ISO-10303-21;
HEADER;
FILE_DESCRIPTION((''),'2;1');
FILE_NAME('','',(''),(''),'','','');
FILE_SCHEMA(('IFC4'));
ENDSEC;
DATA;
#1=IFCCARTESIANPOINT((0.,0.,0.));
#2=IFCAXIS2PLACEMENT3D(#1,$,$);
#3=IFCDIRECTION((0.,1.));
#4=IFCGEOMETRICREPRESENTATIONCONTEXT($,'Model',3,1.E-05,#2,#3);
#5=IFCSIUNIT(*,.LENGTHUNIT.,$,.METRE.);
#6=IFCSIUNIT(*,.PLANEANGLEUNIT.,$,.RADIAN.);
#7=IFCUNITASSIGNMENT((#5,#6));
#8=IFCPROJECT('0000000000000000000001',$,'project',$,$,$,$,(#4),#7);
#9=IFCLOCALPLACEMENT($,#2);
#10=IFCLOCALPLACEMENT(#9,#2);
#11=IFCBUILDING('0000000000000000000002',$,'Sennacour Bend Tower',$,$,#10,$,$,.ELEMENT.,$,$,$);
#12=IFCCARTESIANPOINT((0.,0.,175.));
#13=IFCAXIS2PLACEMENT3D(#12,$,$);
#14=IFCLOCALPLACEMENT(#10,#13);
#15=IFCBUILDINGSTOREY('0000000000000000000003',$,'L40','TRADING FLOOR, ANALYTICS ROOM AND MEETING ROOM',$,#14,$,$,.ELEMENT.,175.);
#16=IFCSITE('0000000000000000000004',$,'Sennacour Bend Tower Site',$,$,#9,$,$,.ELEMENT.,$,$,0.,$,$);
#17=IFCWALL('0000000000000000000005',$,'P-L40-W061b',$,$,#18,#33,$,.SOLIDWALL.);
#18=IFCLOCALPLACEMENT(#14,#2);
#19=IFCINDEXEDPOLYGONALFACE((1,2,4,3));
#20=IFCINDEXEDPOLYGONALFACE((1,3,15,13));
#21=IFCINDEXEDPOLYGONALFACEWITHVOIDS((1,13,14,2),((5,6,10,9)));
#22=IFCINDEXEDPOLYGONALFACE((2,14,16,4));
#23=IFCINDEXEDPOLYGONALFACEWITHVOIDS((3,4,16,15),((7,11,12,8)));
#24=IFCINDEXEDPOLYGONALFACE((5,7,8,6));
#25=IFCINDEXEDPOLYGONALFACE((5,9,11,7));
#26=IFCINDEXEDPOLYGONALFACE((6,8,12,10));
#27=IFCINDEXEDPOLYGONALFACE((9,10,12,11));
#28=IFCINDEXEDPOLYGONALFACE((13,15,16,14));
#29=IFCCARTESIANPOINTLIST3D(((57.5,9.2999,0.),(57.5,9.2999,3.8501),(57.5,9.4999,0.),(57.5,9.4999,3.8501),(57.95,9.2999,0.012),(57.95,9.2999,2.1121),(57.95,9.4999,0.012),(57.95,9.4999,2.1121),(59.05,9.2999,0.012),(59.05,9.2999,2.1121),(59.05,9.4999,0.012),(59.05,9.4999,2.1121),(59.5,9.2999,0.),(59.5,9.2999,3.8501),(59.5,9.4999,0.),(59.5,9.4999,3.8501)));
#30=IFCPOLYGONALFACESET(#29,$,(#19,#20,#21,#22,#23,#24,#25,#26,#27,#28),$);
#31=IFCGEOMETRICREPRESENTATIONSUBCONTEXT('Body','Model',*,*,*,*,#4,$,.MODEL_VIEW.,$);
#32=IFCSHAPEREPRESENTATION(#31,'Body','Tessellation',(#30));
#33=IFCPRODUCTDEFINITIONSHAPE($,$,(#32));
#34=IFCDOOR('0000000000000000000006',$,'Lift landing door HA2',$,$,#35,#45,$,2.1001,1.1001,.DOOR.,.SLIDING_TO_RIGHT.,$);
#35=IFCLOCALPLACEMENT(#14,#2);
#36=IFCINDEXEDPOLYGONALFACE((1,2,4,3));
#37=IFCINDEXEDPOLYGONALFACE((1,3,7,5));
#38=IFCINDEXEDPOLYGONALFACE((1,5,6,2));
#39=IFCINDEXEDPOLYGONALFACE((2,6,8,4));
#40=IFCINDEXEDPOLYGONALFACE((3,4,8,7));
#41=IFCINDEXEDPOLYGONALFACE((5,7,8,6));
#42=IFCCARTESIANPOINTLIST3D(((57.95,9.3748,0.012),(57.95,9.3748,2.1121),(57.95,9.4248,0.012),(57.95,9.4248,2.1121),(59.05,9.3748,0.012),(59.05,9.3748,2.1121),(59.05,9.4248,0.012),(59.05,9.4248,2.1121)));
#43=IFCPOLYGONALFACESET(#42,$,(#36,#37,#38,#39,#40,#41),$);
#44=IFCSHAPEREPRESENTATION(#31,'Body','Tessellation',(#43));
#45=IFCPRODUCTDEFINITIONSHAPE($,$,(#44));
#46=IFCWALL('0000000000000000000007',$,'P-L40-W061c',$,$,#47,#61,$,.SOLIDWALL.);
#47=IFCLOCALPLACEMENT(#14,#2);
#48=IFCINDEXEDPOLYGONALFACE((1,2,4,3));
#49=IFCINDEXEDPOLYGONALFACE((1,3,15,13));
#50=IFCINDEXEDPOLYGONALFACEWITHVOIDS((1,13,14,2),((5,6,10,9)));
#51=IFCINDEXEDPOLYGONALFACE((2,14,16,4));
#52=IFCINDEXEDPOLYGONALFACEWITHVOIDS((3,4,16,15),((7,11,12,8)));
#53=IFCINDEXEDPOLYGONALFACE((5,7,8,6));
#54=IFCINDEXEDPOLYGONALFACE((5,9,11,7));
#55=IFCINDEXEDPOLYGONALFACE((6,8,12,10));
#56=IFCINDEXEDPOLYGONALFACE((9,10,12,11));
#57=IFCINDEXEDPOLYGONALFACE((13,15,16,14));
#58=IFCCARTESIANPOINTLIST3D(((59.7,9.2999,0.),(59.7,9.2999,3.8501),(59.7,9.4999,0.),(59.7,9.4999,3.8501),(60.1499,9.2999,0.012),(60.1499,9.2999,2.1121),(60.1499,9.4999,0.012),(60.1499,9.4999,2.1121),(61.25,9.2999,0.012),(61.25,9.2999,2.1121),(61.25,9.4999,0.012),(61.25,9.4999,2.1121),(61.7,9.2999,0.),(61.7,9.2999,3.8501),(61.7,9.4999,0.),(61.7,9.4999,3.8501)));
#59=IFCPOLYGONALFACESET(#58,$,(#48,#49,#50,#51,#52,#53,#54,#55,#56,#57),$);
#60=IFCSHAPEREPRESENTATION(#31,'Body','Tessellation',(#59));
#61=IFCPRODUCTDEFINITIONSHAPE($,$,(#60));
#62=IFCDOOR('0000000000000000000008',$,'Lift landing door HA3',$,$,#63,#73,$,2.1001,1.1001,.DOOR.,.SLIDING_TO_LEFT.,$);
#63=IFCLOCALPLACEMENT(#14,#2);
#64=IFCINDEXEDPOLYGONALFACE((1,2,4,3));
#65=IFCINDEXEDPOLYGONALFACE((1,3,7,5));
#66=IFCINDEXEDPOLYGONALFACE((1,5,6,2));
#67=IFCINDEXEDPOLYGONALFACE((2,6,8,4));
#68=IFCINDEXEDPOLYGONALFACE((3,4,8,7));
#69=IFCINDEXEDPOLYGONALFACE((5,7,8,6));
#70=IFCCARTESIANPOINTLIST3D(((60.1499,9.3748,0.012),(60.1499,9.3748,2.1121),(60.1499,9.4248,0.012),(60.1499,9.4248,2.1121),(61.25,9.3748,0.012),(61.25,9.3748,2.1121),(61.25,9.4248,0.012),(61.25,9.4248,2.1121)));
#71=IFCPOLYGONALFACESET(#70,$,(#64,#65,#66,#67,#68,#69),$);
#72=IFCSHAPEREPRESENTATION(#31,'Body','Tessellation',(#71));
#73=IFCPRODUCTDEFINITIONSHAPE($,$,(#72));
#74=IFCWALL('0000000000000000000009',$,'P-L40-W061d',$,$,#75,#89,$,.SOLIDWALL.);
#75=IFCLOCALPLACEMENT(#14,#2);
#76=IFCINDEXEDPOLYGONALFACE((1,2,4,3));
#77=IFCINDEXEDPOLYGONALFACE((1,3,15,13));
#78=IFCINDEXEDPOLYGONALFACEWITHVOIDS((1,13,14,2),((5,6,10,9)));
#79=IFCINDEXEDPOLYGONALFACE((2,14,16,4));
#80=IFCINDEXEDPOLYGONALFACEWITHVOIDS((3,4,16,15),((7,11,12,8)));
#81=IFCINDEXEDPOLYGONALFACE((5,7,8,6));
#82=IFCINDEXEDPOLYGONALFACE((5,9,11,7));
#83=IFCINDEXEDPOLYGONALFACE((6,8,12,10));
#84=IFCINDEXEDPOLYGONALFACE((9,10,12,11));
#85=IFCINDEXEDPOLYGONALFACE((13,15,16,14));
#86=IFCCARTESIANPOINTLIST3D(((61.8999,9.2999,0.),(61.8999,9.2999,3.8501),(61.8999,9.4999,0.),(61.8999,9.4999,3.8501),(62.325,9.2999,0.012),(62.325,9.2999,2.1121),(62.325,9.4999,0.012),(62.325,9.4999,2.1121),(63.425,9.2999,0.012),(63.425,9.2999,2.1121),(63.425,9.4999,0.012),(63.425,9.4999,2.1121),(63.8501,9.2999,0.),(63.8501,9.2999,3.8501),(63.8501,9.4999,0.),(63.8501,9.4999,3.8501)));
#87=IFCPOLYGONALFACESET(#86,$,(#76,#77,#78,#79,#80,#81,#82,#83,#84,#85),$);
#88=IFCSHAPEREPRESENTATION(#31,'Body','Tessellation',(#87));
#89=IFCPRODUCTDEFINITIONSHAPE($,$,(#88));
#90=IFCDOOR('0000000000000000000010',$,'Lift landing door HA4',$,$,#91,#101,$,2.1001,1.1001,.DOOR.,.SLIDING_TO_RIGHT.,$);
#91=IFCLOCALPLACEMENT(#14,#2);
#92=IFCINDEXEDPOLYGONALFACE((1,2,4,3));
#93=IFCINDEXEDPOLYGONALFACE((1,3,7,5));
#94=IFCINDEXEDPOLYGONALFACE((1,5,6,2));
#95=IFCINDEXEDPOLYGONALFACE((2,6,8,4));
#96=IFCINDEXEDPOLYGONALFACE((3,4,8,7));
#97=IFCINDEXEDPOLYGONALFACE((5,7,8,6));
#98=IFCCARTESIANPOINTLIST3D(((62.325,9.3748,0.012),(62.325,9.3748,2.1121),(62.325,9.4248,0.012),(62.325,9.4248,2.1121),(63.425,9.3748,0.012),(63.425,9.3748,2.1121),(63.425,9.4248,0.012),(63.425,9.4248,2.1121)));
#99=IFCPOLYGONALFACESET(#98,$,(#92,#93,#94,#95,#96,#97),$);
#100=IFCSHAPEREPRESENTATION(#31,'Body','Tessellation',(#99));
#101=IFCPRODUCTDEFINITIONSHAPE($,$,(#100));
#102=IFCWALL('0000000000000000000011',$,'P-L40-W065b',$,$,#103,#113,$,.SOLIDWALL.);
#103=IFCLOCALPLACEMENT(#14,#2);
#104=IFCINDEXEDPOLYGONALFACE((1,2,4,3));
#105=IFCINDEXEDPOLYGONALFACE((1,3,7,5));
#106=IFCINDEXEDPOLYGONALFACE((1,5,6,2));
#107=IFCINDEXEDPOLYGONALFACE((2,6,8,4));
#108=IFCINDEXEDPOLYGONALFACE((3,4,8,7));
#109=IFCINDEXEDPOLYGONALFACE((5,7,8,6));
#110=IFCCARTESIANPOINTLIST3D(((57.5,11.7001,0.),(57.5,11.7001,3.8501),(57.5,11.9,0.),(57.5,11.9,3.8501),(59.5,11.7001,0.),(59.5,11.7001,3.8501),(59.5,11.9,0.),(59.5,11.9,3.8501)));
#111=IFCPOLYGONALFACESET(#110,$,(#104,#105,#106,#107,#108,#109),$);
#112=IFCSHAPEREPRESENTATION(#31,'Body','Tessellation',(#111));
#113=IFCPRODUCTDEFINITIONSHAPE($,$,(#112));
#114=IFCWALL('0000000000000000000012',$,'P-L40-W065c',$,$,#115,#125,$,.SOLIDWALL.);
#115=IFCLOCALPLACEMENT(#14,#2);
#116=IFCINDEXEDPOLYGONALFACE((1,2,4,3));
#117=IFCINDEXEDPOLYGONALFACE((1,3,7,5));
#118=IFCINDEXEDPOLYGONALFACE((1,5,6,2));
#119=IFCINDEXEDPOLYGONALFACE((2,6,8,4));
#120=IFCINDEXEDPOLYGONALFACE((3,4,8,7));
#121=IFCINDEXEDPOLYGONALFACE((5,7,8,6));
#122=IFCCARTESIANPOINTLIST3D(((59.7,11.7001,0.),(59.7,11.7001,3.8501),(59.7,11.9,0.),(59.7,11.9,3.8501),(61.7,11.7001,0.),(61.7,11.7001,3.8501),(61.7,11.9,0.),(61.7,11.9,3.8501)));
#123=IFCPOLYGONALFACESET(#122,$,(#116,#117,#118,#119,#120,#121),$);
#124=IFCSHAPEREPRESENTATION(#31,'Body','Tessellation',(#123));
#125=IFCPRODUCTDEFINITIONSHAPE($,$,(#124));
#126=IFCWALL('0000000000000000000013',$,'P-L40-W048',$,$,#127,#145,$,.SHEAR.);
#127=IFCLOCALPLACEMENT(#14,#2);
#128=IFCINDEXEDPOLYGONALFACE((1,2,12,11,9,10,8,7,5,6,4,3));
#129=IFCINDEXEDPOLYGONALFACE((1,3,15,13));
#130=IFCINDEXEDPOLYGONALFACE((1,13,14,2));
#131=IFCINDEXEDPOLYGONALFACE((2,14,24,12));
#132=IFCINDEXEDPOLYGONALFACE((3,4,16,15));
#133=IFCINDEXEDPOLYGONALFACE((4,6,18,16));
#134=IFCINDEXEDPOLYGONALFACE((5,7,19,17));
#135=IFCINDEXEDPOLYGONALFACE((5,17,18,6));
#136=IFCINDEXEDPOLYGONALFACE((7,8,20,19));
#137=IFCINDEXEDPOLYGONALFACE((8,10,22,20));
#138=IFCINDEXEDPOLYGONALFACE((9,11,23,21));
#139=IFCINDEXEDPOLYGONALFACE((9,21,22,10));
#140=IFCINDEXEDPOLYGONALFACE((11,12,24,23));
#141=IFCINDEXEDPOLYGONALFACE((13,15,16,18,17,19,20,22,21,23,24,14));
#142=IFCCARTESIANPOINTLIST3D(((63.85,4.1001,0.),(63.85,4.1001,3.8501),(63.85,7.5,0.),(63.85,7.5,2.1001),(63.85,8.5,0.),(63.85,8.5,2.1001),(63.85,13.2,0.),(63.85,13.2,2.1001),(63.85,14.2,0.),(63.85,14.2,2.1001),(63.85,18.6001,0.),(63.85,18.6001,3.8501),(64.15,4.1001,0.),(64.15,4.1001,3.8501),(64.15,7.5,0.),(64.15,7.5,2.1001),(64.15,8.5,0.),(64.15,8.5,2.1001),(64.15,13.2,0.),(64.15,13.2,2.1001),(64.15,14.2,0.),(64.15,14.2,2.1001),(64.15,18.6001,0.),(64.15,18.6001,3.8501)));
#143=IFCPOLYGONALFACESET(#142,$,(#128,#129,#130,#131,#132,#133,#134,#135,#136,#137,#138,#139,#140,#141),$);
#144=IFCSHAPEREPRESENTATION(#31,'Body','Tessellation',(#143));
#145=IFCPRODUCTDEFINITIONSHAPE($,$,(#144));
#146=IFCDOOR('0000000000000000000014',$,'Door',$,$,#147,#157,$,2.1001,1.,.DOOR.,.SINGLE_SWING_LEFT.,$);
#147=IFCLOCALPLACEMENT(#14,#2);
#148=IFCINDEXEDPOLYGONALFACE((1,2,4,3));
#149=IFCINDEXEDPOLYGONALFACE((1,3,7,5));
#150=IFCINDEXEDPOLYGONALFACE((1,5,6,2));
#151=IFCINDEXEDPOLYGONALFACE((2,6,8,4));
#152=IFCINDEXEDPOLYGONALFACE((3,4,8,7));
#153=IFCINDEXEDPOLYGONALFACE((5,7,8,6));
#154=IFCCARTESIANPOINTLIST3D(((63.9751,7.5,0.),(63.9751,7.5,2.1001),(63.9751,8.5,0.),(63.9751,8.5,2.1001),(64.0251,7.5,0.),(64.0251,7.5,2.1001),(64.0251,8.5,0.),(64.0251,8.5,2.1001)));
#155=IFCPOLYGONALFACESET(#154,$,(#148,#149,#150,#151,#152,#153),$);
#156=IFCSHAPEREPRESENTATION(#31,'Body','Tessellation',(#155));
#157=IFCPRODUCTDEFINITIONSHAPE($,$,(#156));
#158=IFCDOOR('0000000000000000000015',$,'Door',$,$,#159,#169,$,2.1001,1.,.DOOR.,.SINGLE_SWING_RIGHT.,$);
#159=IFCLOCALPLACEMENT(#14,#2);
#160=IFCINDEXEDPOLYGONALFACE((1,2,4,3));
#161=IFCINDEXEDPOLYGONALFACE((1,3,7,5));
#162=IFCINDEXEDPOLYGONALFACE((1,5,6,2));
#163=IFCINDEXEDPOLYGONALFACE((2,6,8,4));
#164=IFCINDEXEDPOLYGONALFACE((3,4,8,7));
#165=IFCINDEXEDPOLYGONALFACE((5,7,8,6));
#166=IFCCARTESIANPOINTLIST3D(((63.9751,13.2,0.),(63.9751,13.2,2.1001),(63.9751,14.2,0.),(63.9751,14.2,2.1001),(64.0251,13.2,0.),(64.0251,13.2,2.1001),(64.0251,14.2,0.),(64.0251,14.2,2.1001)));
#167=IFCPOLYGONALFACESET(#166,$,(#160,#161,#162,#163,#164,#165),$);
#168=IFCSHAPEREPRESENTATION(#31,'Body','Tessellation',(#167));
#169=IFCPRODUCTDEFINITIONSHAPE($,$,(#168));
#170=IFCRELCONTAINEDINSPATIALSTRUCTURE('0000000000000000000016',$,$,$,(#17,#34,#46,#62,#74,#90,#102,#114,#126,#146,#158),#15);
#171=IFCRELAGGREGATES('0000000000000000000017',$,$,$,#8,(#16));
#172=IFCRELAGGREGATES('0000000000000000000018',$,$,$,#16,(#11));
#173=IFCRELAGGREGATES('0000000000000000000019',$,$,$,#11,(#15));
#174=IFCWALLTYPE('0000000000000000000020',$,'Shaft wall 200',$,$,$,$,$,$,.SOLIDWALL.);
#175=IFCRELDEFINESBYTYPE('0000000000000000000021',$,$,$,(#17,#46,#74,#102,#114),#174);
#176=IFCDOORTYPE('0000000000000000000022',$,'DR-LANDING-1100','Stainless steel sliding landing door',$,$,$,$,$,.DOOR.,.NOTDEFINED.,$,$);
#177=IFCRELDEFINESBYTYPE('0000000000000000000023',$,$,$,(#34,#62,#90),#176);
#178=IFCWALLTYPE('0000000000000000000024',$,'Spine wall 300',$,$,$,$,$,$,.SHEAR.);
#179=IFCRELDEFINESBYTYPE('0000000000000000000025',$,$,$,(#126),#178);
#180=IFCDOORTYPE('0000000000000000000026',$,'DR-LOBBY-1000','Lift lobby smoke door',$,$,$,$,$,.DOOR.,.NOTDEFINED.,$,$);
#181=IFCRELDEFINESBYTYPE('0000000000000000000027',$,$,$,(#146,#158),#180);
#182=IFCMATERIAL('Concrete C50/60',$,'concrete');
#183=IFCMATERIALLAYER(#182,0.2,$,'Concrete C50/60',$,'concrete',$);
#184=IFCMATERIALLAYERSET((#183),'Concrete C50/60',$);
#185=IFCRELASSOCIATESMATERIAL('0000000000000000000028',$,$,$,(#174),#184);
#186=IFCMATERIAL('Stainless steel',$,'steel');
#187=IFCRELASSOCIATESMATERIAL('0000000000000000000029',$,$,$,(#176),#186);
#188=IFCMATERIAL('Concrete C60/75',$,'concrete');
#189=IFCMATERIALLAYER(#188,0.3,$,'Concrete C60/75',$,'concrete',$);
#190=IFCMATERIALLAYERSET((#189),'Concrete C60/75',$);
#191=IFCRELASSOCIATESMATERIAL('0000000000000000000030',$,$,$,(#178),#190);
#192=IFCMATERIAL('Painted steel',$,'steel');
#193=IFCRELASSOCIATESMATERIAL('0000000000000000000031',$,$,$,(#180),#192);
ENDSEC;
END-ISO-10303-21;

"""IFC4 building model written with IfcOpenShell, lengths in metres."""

from ifc_helpers import new_model, si_unit, direction, frame, frame_2d, origin, place, context, subcontext, project, spatial, rectangle, extrude, material, layer, layer_set, type_object, element, fill, save


model = new_model("IFC4")

# Units and contexts
model_context = context("Model", 3, precision=1e-05, world=origin(), true_north=direction((0.0, 1.0)))
body_context = subcontext(model_context, "Body", "Model", "MODEL_VIEW")
ifc_project = project(units=[si_unit("LENGTHUNIT", "METRE"), si_unit("PLANEANGLEUNIT", "RADIAN")], contexts=[model_context])

# Site, building, storey
site_placement = place(None, origin())
site = spatial("IfcSite", under=ifc_project, at=site_placement, Name="Sennacour Bend Tower Site", CompositionType="ELEMENT", RefElevation=0.0)
building_placement = place(site_placement, origin())
building = spatial("IfcBuilding", under=site, at=building_placement, Name="Sennacour Bend Tower", CompositionType="ELEMENT")
storey_placement = place(building_placement, frame((0.0, 0.0, 175.0)))
storey = spatial("IfcBuildingStorey", under=building, at=storey_placement, Name="L40", Description="TRADING FLOOR, ANALYTICS ROOM AND MEETING ROOM", CompositionType="ELEMENT", Elevation=175.0)

# Shared definitions
ifc_material_1 = material(Name="Concrete C60/75", Category="concrete")

# Shared definitions
ifc_material_2 = material(Name="Painted steel", Category="steel")

# Shared definitions
ifc_material_3 = material(Name="Concrete C50/60", Category="concrete")
ifc_layer_1 = layer(ifc_material_3, 0.2, Name="Concrete C50/60", Category="concrete")
ifc_layer_set_1 = layer_set([ifc_layer_1], Name="Concrete C50/60")
wall_type_1 = type_object("IfcWallType", Name="Shaft wall 200", PredefinedType="SOLIDWALL", material=ifc_layer_set_1)

# Walls, openings, doors
wall_1_placement = place(storey_placement, frame((57.5, 9.3999, 0.0), z_axis=(0.0, 0.0, 1.0), x_axis=(1.0, 0.0, 0.0)))
wall_1 = element("IfcWall", 1, at=wall_1_placement, inside=storey, type_object=wall_type_1, Name="P-L40-W061b", PredefinedType="SOLIDWALL", context=body_context, shape_type="SweptSolid", body=[
    extrude(rectangle(XDim=2.0, YDim=0.2, at=frame_2d((1.0, 0.0))), origin(), (0.0, 0.0, 1.0), 3.8501),
])
opening_1_placement = place(wall_1_placement, frame((0.45, 0.0, 0.012)))
opening_1 = element("IfcOpeningElement", 2, at=opening_1_placement, cuts=wall_1, PredefinedType="OPENING", context=body_context, shape_type="SweptSolid", body=[
    extrude(rectangle(XDim=1.1001, YDim=2.1001, at=frame_2d((0.55, 1.05))), frame((0.0, 0.1099, 0.0), z_axis=(0.0, -1.0, 0.0), x_axis=(1.0, 0.0, 0.0)), (0.0, 0.0, 1.0), 0.22),
])
ifc_material_4 = material(Name="Stainless steel", Category="steel")
door_type_1 = type_object("IfcDoorType", Name="DR-LANDING-1100", Description="Stainless steel sliding landing door", OperationType="NOTDEFINED", PredefinedType="DOOR", material=ifc_material_4)
door_1_placement = place(opening_1_placement, origin())
door_1 = element("IfcDoor", 3, at=door_1_placement, inside=storey, type_object=door_type_1, Name="Lift landing door HA2", OperationType="SLIDING_TO_RIGHT", OverallHeight=2.1001, OverallWidth=1.1001, PredefinedType="DOOR", context=body_context, shape_type="SweptSolid", body=[
    extrude(rectangle(XDim=1.1001, YDim=2.1001, at=frame_2d((0.55, 1.05))), frame((0.0, 0.0249, 0.0), z_axis=(0.0, -1.0, 0.0), x_axis=(1.0, 0.0, 0.0)), (0.0, 0.0, 1.0), 0.05),
])
fill(opening_1, door_1)
wall_2_placement = place(storey_placement, frame((59.7, 9.3999, 0.0), z_axis=(0.0, 0.0, 1.0), x_axis=(1.0, 0.0, 0.0)))
wall_2 = element("IfcWall", 4, at=wall_2_placement, inside=storey, type_object=wall_type_1, Name="P-L40-W061c", PredefinedType="SOLIDWALL", context=body_context, shape_type="SweptSolid", body=[
    extrude(rectangle(XDim=2.0, YDim=0.2, at=frame_2d((1.0, 0.0))), origin(), (0.0, 0.0, 1.0), 3.8501),
])
opening_2_placement = place(wall_2_placement, frame((0.45, 0.0, 0.012)))
opening_2 = element("IfcOpeningElement", 5, at=opening_2_placement, cuts=wall_2, PredefinedType="OPENING", context=body_context, shape_type="SweptSolid", body=[
    extrude(rectangle(XDim=1.1001, YDim=2.1001, at=frame_2d((0.55, 1.05))), frame((0.0, 0.1099, 0.0), z_axis=(0.0, -1.0, 0.0), x_axis=(1.0, 0.0, 0.0)), (0.0, 0.0, 1.0), 0.22),
])
door_2_placement = place(opening_2_placement, origin())
door_2 = element("IfcDoor", 6, at=door_2_placement, inside=storey, type_object=door_type_1, Name="Lift landing door HA3", OperationType="SLIDING_TO_LEFT", OverallHeight=2.1001, OverallWidth=1.1001, PredefinedType="DOOR", context=body_context, shape_type="SweptSolid", body=[
    extrude(rectangle(XDim=1.1001, YDim=2.1001, at=frame_2d((0.55, 1.05))), frame((0.0, 0.0249, 0.0), z_axis=(0.0, -1.0, 0.0), x_axis=(1.0, 0.0, 0.0)), (0.0, 0.0, 1.0), 0.05),
])
fill(opening_2, door_2)
wall_3_placement = place(storey_placement, frame((61.8999, 9.3999, 0.0), z_axis=(0.0, 0.0, 1.0), x_axis=(1.0, 0.0, 0.0)))
wall_3 = element("IfcWall", 7, at=wall_3_placement, inside=storey, type_object=wall_type_1, Name="P-L40-W061d", PredefinedType="SOLIDWALL", context=body_context, shape_type="SweptSolid", body=[
    extrude(rectangle(XDim=1.9502, YDim=0.2, at=frame_2d((0.9751, 0.0))), origin(), (0.0, 0.0, 1.0), 3.8501),
])
opening_3_placement = place(wall_3_placement, frame((0.425, 0.0, 0.012)))
opening_3 = element("IfcOpeningElement", 8, at=opening_3_placement, cuts=wall_3, PredefinedType="OPENING", context=body_context, shape_type="SweptSolid", body=[
    extrude(rectangle(XDim=1.1001, YDim=2.1001, at=frame_2d((0.55, 1.05))), frame((0.0, 0.1099, 0.0), z_axis=(0.0, -1.0, 0.0), x_axis=(1.0, 0.0, 0.0)), (0.0, 0.0, 1.0), 0.22),
])
door_3_placement = place(opening_3_placement, origin())
door_3 = element("IfcDoor", 9, at=door_3_placement, inside=storey, type_object=door_type_1, Name="Lift landing door HA4", OperationType="SLIDING_TO_RIGHT", OverallHeight=2.1001, OverallWidth=1.1001, PredefinedType="DOOR", context=body_context, shape_type="SweptSolid", body=[
    extrude(rectangle(XDim=1.1001, YDim=2.1001, at=frame_2d((0.55, 1.05))), frame((0.0, 0.0249, 0.0), z_axis=(0.0, -1.0, 0.0), x_axis=(1.0, 0.0, 0.0)), (0.0, 0.0, 1.0), 0.05),
])
fill(opening_3, door_3)

# Walls
for number, where, z_axis, x_axis, name in (
    (10, (57.5, 11.8, 0.0), (0.0, 0.0, 1.0), (1.0, 0.0, 0.0), "P-L40-W065b"),
    (11, (59.7, 11.8, 0.0), (0.0, 0.0, 1.0), (1.0, 0.0, 0.0), "P-L40-W065c"),
):
    element("IfcWall", number, at=place(storey_placement, frame(where, z_axis=z_axis, x_axis=x_axis)), inside=storey, type_object=wall_type_1, Name=name, PredefinedType="SOLIDWALL", context=body_context, shape_type="SweptSolid", body=[
        extrude(rectangle(XDim=2.0, YDim=0.2, at=frame_2d((1.0, 0.0))), origin(), (0.0, 0.0, 1.0), 3.8501),
    ])

# Wall, openings, doors
ifc_layer_2 = layer(ifc_material_1, 0.3, Name="Concrete C60/75", Category="concrete")
ifc_layer_set_2 = layer_set([ifc_layer_2], Name="Concrete C60/75")
wall_type_2 = type_object("IfcWallType", Name="Spine wall 300", PredefinedType="SHEAR", material=ifc_layer_set_2)
wall_4_placement = place(storey_placement, frame((64.0, 4.1001, 0.0), z_axis=(0.0, 0.0, 1.0), x_axis=(0.0, 1.0, 0.0)))
wall_4 = element("IfcWall", 12, at=wall_4_placement, inside=storey, type_object=wall_type_2, Name="P-L40-W048", PredefinedType="SHEAR", context=body_context, shape_type="SweptSolid", body=[
    extrude(rectangle(XDim=14.5, YDim=0.3, at=frame_2d((7.25, 0.0))), origin(), (0.0, 0.0, 1.0), 3.8501),
])
opening_4_placement = place(wall_4_placement, frame((3.3999, 0.0, 0.0)))
opening_4 = element("IfcOpeningElement", 13, at=opening_4_placement, cuts=wall_4, PredefinedType="OPENING", context=body_context, shape_type="SweptSolid", body=[
    extrude(rectangle(XDim=1.0, YDim=2.1001, at=frame_2d((0.5, 1.05))), frame((0.0, 0.1602, 0.0), z_axis=(0.0, -1.0, 0.0), x_axis=(1.0, 0.0, 0.0)), (0.0, 0.0, 1.0), 0.3201),
])
opening_5_placement = place(wall_4_placement, frame((9.0999, 0.0, 0.0)))
opening_5 = element("IfcOpeningElement", 14, at=opening_5_placement, cuts=wall_4, PredefinedType="OPENING", context=body_context, shape_type="SweptSolid", body=[
    extrude(rectangle(XDim=1.0, YDim=2.1001, at=frame_2d((0.5, 1.05))), frame((0.0, 0.1602, 0.0), z_axis=(0.0, -1.0, 0.0), x_axis=(1.0, 0.0, 0.0)), (0.0, 0.0, 1.0), 0.3201),
])
door_type_2 = type_object("IfcDoorType", Name="DR-LOBBY-1000", Description="Lift lobby smoke door", OperationType="NOTDEFINED", PredefinedType="DOOR", material=ifc_material_2)
door_4_placement = place(opening_4_placement, origin())
door_4 = element("IfcDoor", 15, at=door_4_placement, inside=storey, type_object=door_type_2, Name="Door", OperationType="SINGLE_SWING_LEFT", OverallHeight=2.1001, OverallWidth=1.0, PredefinedType="DOOR", context=body_context, shape_type="SweptSolid", body=[
    extrude(rectangle(XDim=1.0, YDim=2.1001, at=frame_2d((0.5, 1.05))), frame((0.0, 0.0249, 0.0), z_axis=(0.0, -1.0, 0.0), x_axis=(1.0, 0.0, 0.0)), (0.0, 0.0, 1.0), 0.05),
])
fill(opening_4, door_4)
door_5_placement = place(opening_5_placement, origin())
door_5 = element("IfcDoor", 16, at=door_5_placement, inside=storey, type_object=door_type_2, Name="Door", OperationType="SINGLE_SWING_RIGHT", OverallHeight=2.1001, OverallWidth=1.0, PredefinedType="DOOR", context=body_context, shape_type="SweptSolid", body=[
    extrude(rectangle(XDim=1.0, YDim=2.1001, at=frame_2d((0.5, 1.05))), frame((0.0, 0.0249, 0.0), z_axis=(0.0, -1.0, 0.0), x_axis=(1.0, 0.0, 0.0)), (0.0, 0.0, 1.0), 0.05),
])
fill(opening_5, door_5)

save(model, "model.ifc")
